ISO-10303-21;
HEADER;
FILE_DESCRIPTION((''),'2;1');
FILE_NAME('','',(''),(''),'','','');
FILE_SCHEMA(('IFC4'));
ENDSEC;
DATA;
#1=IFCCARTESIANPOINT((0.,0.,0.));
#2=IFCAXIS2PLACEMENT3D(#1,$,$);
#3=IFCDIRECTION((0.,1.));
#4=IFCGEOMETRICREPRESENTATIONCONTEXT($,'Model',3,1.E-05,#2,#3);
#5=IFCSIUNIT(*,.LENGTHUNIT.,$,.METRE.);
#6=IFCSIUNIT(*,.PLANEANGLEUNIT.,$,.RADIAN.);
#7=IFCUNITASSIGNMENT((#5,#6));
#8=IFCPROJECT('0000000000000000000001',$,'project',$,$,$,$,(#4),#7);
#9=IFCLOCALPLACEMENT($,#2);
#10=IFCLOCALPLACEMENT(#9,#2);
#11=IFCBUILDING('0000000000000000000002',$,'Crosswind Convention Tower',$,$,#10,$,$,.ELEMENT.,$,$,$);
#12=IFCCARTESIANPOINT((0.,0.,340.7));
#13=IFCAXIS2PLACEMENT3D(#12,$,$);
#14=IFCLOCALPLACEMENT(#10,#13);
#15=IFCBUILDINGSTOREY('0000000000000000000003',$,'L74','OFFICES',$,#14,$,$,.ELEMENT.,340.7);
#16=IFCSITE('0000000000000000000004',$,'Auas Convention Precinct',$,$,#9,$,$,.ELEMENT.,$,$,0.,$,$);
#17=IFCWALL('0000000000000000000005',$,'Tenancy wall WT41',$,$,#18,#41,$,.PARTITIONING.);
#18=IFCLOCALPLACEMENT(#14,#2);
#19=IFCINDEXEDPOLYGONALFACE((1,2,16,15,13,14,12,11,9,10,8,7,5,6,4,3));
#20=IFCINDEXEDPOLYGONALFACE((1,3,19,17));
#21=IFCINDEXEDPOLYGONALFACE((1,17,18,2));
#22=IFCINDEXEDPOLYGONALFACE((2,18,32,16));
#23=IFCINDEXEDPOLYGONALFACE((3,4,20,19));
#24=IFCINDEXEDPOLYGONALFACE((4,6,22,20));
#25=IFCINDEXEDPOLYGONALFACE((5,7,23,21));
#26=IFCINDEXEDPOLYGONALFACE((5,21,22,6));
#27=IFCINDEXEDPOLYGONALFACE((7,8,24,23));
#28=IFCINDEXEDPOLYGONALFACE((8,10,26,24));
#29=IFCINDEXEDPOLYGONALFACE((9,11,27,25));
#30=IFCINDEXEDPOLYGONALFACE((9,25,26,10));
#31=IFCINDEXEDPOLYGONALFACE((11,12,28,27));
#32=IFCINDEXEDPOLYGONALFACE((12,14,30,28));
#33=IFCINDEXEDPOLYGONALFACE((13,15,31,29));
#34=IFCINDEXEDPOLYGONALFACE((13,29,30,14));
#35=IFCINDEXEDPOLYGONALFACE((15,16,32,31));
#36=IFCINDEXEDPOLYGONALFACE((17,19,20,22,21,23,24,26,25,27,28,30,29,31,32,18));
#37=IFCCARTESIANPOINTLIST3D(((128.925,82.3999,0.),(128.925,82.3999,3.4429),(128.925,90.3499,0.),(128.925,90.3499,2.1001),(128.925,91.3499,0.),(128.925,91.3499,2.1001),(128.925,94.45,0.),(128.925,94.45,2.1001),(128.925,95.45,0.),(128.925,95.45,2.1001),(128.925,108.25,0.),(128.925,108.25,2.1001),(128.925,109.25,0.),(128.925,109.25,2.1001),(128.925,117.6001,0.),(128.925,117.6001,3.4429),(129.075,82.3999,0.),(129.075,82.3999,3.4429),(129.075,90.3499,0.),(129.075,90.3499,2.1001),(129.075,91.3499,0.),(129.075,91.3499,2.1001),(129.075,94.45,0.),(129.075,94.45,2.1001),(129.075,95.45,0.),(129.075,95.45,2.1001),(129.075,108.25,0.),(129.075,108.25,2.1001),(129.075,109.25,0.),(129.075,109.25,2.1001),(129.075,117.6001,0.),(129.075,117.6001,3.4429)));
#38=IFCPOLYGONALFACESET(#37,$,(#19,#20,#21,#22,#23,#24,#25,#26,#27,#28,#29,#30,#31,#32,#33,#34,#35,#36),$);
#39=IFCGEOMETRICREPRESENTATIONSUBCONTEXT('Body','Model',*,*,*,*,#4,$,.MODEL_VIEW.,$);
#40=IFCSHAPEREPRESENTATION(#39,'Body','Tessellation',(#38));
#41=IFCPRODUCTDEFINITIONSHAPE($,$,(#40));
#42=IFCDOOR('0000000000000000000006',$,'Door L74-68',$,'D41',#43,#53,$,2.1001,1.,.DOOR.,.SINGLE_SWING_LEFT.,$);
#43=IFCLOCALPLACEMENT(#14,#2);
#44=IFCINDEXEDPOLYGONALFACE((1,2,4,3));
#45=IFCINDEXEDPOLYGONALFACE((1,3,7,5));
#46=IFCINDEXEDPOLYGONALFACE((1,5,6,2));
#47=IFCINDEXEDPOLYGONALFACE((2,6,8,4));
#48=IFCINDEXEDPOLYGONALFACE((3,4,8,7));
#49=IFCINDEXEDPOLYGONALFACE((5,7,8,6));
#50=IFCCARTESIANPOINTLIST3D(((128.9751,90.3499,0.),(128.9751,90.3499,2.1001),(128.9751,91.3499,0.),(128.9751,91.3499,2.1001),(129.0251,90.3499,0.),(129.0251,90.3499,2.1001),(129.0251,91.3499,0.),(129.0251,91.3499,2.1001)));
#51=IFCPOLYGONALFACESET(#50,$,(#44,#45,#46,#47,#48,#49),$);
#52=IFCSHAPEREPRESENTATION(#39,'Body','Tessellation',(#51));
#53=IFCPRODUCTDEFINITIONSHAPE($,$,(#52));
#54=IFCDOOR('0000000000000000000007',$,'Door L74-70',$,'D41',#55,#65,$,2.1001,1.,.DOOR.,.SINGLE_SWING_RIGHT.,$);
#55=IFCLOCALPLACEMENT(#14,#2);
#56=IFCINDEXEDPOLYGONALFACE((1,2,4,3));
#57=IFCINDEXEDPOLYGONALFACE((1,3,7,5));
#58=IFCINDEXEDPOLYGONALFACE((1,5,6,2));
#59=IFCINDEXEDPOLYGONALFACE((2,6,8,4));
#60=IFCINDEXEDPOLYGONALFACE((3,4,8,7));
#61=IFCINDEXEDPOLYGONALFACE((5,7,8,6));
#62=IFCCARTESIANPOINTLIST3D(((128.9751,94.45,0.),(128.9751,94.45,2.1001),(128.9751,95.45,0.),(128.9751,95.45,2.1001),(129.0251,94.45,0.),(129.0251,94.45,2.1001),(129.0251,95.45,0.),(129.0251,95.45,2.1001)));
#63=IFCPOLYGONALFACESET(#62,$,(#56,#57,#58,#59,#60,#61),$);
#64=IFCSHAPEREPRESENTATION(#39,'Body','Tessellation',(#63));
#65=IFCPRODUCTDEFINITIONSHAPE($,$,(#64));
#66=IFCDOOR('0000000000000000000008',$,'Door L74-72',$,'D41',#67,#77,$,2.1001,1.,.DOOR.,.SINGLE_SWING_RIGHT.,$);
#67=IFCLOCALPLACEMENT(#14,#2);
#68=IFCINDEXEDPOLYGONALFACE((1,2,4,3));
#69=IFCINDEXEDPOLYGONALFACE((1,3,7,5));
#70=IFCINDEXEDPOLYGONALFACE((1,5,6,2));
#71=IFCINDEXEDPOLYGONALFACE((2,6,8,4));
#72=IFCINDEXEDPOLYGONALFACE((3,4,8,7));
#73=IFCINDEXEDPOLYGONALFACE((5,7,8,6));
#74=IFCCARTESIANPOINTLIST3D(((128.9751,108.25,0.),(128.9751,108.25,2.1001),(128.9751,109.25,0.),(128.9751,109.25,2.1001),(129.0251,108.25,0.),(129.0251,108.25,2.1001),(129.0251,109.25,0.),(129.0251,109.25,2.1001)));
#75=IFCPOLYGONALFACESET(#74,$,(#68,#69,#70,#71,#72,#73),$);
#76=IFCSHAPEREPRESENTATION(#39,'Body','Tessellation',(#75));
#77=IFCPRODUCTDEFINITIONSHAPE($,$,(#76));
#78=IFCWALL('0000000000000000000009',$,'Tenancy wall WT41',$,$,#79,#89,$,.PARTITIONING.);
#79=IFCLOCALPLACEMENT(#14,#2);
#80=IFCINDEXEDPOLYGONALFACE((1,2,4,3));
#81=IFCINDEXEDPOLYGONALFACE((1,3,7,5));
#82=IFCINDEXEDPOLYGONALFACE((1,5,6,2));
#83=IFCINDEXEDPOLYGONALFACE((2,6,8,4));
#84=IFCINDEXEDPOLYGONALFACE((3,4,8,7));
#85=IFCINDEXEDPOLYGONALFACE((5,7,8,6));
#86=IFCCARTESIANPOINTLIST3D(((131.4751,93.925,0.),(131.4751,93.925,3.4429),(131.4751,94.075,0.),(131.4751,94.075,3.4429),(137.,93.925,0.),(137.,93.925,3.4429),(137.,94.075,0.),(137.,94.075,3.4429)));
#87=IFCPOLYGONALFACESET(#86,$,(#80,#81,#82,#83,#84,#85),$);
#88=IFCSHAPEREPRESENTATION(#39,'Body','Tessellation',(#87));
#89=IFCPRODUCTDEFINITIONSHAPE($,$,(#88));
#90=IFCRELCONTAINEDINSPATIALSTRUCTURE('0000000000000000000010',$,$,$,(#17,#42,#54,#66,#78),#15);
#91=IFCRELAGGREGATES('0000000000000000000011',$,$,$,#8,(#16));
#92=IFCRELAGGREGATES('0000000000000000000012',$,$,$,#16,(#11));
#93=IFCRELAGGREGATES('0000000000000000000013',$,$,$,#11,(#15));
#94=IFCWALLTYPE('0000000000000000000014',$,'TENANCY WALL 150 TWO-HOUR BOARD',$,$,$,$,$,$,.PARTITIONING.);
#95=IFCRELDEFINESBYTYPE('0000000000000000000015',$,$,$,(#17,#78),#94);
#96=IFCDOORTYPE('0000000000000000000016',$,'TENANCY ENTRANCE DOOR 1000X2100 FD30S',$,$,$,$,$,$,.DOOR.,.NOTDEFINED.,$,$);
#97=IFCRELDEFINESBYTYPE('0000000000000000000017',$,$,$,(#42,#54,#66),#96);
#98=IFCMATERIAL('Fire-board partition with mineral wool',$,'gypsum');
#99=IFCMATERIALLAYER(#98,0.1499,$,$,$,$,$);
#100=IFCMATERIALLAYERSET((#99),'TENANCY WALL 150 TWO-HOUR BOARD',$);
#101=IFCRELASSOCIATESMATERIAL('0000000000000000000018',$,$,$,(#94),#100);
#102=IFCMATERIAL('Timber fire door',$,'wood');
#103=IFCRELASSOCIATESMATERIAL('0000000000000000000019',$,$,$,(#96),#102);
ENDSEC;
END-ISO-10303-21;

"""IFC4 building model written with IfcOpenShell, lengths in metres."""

from ifc_helpers import new_model, si_unit, direction, frame, frame_2d, origin, place, context, subcontext, project, spatial, rectangle, extrude, material, layer, layer_set, type_object, element, fill, save


model = new_model("IFC4")

# Units and contexts
model_context = context("Model", 3, precision=1e-05, world=origin(), true_north=direction((0.0, 1.0)))
body_context = subcontext(model_context, "Body", "Model", "MODEL_VIEW")
ifc_project = project(units=[si_unit("LENGTHUNIT", "METRE"), si_unit("PLANEANGLEUNIT", "RADIAN")], contexts=[model_context])

# Site, building, storey
site_placement = place(None, origin())
site = spatial("IfcSite", under=ifc_project, at=site_placement, Name="Auas Convention Precinct", CompositionType="ELEMENT", RefElevation=0.0)
building_placement = place(site_placement, origin())
building = spatial("IfcBuilding", under=site, at=building_placement, Name="Crosswind Convention Tower", CompositionType="ELEMENT")
storey_placement = place(building_placement, frame((0.0, 0.0, 340.7)))
storey = spatial("IfcBuildingStorey", under=building, at=storey_placement, Name="L74", Description="OFFICES", CompositionType="ELEMENT", Elevation=340.7)

# Shared definitions
ifc_material_1 = material(Name="Fire-board partition with mineral wool", Category="gypsum")
ifc_layer_1 = layer(ifc_material_1, 0.1499)
ifc_layer_set_1 = layer_set([ifc_layer_1], Name="TENANCY WALL 150 TWO-HOUR BOARD")
wall_type_1 = type_object("IfcWallType", Name="TENANCY WALL 150 TWO-HOUR BOARD", PredefinedType="PARTITIONING", material=ifc_layer_set_1)

# Wall, openings, doors
wall_1_placement = place(storey_placement, frame((129.0, 82.3999, 0.0), z_axis=(0.0, 0.0, 1.0), x_axis=(0.0, 1.0, 0.0)))
wall_1 = element("IfcWall", 1, at=wall_1_placement, inside=storey, type_object=wall_type_1, Name="Tenancy wall WT41", PredefinedType="PARTITIONING", context=body_context, shape_type="SweptSolid", body=[
    extrude(rectangle(XDim=35.2002, YDim=0.1499, at=frame_2d((17.6001, 0.0))), origin(), (0.0, 0.0, 1.0), 3.4429),
])
opening_1_placement = place(wall_1_placement, frame((7.95, 0.0, 0.0)))
opening_1 = element("IfcOpeningElement", 2, at=opening_1_placement, cuts=wall_1, PredefinedType="OPENING", context=body_context, shape_type="SweptSolid", body=[
    extrude(rectangle(XDim=1.0, YDim=2.1001, at=frame_2d((0.5, 1.05))), frame((0.0, 0.085, 0.0), z_axis=(0.0, -1.0, 0.0), x_axis=(1.0, 0.0, 0.0)), (0.0, 0.0, 1.0), 0.1699),
])
opening_2_placement = place(wall_1_placement, frame((12.05, 0.0, 0.0)))
opening_2 = element("IfcOpeningElement", 3, at=opening_2_placement, cuts=wall_1, PredefinedType="OPENING", context=body_context, shape_type="SweptSolid", body=[
    extrude(rectangle(XDim=1.0, YDim=2.1001, at=frame_2d((0.5, 1.05))), frame((0.0, 0.085, 0.0), z_axis=(0.0, -1.0, 0.0), x_axis=(1.0, 0.0, 0.0)), (0.0, 0.0, 1.0), 0.1699),
])
opening_3_placement = place(wall_1_placement, frame((25.8501, 0.0, 0.0)))
opening_3 = element("IfcOpeningElement", 4, at=opening_3_placement, cuts=wall_1, PredefinedType="OPENING", context=body_context, shape_type="SweptSolid", body=[
    extrude(rectangle(XDim=1.0, YDim=2.1001, at=frame_2d((0.5, 1.05))), frame((0.0, 0.085, 0.0), z_axis=(0.0, -1.0, 0.0), x_axis=(1.0, 0.0, 0.0)), (0.0, 0.0, 1.0), 0.1699),
])
ifc_material_2 = material(Name="Timber fire door", Category="wood")
door_type = type_object("IfcDoorType", Name="TENANCY ENTRANCE DOOR 1000X2100 FD30S", OperationType="NOTDEFINED", PredefinedType="DOOR", material=ifc_material_2)
door_1_placement = place(opening_1_placement, origin())
door_1 = element("IfcDoor", 5, at=door_1_placement, inside=storey, type_object=door_type, Name="Door L74-68", ObjectType="D41", OperationType="SINGLE_SWING_LEFT", OverallHeight=2.1001, OverallWidth=1.0, PredefinedType="DOOR", context=body_context, shape_type="SweptSolid", body=[
    extrude(rectangle(XDim=1.0, YDim=2.1001, at=frame_2d((0.5, 1.05))), frame((0.0, 0.0249, 0.0), z_axis=(0.0, -1.0, 0.0), x_axis=(1.0, 0.0, 0.0)), (0.0, 0.0, 1.0), 0.05),
])
fill(opening_1, door_1)
door_2_placement = place(opening_2_placement, origin())
door_2 = element("IfcDoor", 6, at=door_2_placement, inside=storey, type_object=door_type, Name="Door L74-70", ObjectType="D41", OperationType="SINGLE_SWING_RIGHT", OverallHeight=2.1001, OverallWidth=1.0, PredefinedType="DOOR", context=body_context, shape_type="SweptSolid", body=[
    extrude(rectangle(XDim=1.0, YDim=2.1001, at=frame_2d((0.5, 1.05))), frame((0.0, 0.0249, 0.0), z_axis=(0.0, -1.0, 0.0), x_axis=(1.0, 0.0, 0.0)), (0.0, 0.0, 1.0), 0.05),
])
fill(opening_2, door_2)
door_3_placement = place(opening_3_placement, origin())
door_3 = element("IfcDoor", 7, at=door_3_placement, inside=storey, type_object=door_type, Name="Door L74-72", ObjectType="D41", OperationType="SINGLE_SWING_RIGHT", OverallHeight=2.1001, OverallWidth=1.0, PredefinedType="DOOR", context=body_context, shape_type="SweptSolid", body=[
    extrude(rectangle(XDim=1.0, YDim=2.1001, at=frame_2d((0.5, 1.05))), frame((0.0, 0.0249, 0.0), z_axis=(0.0, -1.0, 0.0), x_axis=(1.0, 0.0, 0.0)), (0.0, 0.0, 1.0), 0.05),
])
fill(opening_3, door_3)

# Wall
wall_2_placement = place(storey_placement, frame((131.4751, 94.0, 0.0), z_axis=(0.0, 0.0, 1.0), x_axis=(1.0, 0.0, 0.0)))
element("IfcWall", 8, at=wall_2_placement, inside=storey, type_object=wall_type_1, Name="Tenancy wall WT41", PredefinedType="PARTITIONING", context=body_context, shape_type="SweptSolid", body=[
    extrude(rectangle(XDim=5.5249, YDim=0.1499, at=frame_2d((2.7625, 0.0))), origin(), (0.0, 0.0, 1.0), 3.4429),
])

save(model, "model.ifc")
